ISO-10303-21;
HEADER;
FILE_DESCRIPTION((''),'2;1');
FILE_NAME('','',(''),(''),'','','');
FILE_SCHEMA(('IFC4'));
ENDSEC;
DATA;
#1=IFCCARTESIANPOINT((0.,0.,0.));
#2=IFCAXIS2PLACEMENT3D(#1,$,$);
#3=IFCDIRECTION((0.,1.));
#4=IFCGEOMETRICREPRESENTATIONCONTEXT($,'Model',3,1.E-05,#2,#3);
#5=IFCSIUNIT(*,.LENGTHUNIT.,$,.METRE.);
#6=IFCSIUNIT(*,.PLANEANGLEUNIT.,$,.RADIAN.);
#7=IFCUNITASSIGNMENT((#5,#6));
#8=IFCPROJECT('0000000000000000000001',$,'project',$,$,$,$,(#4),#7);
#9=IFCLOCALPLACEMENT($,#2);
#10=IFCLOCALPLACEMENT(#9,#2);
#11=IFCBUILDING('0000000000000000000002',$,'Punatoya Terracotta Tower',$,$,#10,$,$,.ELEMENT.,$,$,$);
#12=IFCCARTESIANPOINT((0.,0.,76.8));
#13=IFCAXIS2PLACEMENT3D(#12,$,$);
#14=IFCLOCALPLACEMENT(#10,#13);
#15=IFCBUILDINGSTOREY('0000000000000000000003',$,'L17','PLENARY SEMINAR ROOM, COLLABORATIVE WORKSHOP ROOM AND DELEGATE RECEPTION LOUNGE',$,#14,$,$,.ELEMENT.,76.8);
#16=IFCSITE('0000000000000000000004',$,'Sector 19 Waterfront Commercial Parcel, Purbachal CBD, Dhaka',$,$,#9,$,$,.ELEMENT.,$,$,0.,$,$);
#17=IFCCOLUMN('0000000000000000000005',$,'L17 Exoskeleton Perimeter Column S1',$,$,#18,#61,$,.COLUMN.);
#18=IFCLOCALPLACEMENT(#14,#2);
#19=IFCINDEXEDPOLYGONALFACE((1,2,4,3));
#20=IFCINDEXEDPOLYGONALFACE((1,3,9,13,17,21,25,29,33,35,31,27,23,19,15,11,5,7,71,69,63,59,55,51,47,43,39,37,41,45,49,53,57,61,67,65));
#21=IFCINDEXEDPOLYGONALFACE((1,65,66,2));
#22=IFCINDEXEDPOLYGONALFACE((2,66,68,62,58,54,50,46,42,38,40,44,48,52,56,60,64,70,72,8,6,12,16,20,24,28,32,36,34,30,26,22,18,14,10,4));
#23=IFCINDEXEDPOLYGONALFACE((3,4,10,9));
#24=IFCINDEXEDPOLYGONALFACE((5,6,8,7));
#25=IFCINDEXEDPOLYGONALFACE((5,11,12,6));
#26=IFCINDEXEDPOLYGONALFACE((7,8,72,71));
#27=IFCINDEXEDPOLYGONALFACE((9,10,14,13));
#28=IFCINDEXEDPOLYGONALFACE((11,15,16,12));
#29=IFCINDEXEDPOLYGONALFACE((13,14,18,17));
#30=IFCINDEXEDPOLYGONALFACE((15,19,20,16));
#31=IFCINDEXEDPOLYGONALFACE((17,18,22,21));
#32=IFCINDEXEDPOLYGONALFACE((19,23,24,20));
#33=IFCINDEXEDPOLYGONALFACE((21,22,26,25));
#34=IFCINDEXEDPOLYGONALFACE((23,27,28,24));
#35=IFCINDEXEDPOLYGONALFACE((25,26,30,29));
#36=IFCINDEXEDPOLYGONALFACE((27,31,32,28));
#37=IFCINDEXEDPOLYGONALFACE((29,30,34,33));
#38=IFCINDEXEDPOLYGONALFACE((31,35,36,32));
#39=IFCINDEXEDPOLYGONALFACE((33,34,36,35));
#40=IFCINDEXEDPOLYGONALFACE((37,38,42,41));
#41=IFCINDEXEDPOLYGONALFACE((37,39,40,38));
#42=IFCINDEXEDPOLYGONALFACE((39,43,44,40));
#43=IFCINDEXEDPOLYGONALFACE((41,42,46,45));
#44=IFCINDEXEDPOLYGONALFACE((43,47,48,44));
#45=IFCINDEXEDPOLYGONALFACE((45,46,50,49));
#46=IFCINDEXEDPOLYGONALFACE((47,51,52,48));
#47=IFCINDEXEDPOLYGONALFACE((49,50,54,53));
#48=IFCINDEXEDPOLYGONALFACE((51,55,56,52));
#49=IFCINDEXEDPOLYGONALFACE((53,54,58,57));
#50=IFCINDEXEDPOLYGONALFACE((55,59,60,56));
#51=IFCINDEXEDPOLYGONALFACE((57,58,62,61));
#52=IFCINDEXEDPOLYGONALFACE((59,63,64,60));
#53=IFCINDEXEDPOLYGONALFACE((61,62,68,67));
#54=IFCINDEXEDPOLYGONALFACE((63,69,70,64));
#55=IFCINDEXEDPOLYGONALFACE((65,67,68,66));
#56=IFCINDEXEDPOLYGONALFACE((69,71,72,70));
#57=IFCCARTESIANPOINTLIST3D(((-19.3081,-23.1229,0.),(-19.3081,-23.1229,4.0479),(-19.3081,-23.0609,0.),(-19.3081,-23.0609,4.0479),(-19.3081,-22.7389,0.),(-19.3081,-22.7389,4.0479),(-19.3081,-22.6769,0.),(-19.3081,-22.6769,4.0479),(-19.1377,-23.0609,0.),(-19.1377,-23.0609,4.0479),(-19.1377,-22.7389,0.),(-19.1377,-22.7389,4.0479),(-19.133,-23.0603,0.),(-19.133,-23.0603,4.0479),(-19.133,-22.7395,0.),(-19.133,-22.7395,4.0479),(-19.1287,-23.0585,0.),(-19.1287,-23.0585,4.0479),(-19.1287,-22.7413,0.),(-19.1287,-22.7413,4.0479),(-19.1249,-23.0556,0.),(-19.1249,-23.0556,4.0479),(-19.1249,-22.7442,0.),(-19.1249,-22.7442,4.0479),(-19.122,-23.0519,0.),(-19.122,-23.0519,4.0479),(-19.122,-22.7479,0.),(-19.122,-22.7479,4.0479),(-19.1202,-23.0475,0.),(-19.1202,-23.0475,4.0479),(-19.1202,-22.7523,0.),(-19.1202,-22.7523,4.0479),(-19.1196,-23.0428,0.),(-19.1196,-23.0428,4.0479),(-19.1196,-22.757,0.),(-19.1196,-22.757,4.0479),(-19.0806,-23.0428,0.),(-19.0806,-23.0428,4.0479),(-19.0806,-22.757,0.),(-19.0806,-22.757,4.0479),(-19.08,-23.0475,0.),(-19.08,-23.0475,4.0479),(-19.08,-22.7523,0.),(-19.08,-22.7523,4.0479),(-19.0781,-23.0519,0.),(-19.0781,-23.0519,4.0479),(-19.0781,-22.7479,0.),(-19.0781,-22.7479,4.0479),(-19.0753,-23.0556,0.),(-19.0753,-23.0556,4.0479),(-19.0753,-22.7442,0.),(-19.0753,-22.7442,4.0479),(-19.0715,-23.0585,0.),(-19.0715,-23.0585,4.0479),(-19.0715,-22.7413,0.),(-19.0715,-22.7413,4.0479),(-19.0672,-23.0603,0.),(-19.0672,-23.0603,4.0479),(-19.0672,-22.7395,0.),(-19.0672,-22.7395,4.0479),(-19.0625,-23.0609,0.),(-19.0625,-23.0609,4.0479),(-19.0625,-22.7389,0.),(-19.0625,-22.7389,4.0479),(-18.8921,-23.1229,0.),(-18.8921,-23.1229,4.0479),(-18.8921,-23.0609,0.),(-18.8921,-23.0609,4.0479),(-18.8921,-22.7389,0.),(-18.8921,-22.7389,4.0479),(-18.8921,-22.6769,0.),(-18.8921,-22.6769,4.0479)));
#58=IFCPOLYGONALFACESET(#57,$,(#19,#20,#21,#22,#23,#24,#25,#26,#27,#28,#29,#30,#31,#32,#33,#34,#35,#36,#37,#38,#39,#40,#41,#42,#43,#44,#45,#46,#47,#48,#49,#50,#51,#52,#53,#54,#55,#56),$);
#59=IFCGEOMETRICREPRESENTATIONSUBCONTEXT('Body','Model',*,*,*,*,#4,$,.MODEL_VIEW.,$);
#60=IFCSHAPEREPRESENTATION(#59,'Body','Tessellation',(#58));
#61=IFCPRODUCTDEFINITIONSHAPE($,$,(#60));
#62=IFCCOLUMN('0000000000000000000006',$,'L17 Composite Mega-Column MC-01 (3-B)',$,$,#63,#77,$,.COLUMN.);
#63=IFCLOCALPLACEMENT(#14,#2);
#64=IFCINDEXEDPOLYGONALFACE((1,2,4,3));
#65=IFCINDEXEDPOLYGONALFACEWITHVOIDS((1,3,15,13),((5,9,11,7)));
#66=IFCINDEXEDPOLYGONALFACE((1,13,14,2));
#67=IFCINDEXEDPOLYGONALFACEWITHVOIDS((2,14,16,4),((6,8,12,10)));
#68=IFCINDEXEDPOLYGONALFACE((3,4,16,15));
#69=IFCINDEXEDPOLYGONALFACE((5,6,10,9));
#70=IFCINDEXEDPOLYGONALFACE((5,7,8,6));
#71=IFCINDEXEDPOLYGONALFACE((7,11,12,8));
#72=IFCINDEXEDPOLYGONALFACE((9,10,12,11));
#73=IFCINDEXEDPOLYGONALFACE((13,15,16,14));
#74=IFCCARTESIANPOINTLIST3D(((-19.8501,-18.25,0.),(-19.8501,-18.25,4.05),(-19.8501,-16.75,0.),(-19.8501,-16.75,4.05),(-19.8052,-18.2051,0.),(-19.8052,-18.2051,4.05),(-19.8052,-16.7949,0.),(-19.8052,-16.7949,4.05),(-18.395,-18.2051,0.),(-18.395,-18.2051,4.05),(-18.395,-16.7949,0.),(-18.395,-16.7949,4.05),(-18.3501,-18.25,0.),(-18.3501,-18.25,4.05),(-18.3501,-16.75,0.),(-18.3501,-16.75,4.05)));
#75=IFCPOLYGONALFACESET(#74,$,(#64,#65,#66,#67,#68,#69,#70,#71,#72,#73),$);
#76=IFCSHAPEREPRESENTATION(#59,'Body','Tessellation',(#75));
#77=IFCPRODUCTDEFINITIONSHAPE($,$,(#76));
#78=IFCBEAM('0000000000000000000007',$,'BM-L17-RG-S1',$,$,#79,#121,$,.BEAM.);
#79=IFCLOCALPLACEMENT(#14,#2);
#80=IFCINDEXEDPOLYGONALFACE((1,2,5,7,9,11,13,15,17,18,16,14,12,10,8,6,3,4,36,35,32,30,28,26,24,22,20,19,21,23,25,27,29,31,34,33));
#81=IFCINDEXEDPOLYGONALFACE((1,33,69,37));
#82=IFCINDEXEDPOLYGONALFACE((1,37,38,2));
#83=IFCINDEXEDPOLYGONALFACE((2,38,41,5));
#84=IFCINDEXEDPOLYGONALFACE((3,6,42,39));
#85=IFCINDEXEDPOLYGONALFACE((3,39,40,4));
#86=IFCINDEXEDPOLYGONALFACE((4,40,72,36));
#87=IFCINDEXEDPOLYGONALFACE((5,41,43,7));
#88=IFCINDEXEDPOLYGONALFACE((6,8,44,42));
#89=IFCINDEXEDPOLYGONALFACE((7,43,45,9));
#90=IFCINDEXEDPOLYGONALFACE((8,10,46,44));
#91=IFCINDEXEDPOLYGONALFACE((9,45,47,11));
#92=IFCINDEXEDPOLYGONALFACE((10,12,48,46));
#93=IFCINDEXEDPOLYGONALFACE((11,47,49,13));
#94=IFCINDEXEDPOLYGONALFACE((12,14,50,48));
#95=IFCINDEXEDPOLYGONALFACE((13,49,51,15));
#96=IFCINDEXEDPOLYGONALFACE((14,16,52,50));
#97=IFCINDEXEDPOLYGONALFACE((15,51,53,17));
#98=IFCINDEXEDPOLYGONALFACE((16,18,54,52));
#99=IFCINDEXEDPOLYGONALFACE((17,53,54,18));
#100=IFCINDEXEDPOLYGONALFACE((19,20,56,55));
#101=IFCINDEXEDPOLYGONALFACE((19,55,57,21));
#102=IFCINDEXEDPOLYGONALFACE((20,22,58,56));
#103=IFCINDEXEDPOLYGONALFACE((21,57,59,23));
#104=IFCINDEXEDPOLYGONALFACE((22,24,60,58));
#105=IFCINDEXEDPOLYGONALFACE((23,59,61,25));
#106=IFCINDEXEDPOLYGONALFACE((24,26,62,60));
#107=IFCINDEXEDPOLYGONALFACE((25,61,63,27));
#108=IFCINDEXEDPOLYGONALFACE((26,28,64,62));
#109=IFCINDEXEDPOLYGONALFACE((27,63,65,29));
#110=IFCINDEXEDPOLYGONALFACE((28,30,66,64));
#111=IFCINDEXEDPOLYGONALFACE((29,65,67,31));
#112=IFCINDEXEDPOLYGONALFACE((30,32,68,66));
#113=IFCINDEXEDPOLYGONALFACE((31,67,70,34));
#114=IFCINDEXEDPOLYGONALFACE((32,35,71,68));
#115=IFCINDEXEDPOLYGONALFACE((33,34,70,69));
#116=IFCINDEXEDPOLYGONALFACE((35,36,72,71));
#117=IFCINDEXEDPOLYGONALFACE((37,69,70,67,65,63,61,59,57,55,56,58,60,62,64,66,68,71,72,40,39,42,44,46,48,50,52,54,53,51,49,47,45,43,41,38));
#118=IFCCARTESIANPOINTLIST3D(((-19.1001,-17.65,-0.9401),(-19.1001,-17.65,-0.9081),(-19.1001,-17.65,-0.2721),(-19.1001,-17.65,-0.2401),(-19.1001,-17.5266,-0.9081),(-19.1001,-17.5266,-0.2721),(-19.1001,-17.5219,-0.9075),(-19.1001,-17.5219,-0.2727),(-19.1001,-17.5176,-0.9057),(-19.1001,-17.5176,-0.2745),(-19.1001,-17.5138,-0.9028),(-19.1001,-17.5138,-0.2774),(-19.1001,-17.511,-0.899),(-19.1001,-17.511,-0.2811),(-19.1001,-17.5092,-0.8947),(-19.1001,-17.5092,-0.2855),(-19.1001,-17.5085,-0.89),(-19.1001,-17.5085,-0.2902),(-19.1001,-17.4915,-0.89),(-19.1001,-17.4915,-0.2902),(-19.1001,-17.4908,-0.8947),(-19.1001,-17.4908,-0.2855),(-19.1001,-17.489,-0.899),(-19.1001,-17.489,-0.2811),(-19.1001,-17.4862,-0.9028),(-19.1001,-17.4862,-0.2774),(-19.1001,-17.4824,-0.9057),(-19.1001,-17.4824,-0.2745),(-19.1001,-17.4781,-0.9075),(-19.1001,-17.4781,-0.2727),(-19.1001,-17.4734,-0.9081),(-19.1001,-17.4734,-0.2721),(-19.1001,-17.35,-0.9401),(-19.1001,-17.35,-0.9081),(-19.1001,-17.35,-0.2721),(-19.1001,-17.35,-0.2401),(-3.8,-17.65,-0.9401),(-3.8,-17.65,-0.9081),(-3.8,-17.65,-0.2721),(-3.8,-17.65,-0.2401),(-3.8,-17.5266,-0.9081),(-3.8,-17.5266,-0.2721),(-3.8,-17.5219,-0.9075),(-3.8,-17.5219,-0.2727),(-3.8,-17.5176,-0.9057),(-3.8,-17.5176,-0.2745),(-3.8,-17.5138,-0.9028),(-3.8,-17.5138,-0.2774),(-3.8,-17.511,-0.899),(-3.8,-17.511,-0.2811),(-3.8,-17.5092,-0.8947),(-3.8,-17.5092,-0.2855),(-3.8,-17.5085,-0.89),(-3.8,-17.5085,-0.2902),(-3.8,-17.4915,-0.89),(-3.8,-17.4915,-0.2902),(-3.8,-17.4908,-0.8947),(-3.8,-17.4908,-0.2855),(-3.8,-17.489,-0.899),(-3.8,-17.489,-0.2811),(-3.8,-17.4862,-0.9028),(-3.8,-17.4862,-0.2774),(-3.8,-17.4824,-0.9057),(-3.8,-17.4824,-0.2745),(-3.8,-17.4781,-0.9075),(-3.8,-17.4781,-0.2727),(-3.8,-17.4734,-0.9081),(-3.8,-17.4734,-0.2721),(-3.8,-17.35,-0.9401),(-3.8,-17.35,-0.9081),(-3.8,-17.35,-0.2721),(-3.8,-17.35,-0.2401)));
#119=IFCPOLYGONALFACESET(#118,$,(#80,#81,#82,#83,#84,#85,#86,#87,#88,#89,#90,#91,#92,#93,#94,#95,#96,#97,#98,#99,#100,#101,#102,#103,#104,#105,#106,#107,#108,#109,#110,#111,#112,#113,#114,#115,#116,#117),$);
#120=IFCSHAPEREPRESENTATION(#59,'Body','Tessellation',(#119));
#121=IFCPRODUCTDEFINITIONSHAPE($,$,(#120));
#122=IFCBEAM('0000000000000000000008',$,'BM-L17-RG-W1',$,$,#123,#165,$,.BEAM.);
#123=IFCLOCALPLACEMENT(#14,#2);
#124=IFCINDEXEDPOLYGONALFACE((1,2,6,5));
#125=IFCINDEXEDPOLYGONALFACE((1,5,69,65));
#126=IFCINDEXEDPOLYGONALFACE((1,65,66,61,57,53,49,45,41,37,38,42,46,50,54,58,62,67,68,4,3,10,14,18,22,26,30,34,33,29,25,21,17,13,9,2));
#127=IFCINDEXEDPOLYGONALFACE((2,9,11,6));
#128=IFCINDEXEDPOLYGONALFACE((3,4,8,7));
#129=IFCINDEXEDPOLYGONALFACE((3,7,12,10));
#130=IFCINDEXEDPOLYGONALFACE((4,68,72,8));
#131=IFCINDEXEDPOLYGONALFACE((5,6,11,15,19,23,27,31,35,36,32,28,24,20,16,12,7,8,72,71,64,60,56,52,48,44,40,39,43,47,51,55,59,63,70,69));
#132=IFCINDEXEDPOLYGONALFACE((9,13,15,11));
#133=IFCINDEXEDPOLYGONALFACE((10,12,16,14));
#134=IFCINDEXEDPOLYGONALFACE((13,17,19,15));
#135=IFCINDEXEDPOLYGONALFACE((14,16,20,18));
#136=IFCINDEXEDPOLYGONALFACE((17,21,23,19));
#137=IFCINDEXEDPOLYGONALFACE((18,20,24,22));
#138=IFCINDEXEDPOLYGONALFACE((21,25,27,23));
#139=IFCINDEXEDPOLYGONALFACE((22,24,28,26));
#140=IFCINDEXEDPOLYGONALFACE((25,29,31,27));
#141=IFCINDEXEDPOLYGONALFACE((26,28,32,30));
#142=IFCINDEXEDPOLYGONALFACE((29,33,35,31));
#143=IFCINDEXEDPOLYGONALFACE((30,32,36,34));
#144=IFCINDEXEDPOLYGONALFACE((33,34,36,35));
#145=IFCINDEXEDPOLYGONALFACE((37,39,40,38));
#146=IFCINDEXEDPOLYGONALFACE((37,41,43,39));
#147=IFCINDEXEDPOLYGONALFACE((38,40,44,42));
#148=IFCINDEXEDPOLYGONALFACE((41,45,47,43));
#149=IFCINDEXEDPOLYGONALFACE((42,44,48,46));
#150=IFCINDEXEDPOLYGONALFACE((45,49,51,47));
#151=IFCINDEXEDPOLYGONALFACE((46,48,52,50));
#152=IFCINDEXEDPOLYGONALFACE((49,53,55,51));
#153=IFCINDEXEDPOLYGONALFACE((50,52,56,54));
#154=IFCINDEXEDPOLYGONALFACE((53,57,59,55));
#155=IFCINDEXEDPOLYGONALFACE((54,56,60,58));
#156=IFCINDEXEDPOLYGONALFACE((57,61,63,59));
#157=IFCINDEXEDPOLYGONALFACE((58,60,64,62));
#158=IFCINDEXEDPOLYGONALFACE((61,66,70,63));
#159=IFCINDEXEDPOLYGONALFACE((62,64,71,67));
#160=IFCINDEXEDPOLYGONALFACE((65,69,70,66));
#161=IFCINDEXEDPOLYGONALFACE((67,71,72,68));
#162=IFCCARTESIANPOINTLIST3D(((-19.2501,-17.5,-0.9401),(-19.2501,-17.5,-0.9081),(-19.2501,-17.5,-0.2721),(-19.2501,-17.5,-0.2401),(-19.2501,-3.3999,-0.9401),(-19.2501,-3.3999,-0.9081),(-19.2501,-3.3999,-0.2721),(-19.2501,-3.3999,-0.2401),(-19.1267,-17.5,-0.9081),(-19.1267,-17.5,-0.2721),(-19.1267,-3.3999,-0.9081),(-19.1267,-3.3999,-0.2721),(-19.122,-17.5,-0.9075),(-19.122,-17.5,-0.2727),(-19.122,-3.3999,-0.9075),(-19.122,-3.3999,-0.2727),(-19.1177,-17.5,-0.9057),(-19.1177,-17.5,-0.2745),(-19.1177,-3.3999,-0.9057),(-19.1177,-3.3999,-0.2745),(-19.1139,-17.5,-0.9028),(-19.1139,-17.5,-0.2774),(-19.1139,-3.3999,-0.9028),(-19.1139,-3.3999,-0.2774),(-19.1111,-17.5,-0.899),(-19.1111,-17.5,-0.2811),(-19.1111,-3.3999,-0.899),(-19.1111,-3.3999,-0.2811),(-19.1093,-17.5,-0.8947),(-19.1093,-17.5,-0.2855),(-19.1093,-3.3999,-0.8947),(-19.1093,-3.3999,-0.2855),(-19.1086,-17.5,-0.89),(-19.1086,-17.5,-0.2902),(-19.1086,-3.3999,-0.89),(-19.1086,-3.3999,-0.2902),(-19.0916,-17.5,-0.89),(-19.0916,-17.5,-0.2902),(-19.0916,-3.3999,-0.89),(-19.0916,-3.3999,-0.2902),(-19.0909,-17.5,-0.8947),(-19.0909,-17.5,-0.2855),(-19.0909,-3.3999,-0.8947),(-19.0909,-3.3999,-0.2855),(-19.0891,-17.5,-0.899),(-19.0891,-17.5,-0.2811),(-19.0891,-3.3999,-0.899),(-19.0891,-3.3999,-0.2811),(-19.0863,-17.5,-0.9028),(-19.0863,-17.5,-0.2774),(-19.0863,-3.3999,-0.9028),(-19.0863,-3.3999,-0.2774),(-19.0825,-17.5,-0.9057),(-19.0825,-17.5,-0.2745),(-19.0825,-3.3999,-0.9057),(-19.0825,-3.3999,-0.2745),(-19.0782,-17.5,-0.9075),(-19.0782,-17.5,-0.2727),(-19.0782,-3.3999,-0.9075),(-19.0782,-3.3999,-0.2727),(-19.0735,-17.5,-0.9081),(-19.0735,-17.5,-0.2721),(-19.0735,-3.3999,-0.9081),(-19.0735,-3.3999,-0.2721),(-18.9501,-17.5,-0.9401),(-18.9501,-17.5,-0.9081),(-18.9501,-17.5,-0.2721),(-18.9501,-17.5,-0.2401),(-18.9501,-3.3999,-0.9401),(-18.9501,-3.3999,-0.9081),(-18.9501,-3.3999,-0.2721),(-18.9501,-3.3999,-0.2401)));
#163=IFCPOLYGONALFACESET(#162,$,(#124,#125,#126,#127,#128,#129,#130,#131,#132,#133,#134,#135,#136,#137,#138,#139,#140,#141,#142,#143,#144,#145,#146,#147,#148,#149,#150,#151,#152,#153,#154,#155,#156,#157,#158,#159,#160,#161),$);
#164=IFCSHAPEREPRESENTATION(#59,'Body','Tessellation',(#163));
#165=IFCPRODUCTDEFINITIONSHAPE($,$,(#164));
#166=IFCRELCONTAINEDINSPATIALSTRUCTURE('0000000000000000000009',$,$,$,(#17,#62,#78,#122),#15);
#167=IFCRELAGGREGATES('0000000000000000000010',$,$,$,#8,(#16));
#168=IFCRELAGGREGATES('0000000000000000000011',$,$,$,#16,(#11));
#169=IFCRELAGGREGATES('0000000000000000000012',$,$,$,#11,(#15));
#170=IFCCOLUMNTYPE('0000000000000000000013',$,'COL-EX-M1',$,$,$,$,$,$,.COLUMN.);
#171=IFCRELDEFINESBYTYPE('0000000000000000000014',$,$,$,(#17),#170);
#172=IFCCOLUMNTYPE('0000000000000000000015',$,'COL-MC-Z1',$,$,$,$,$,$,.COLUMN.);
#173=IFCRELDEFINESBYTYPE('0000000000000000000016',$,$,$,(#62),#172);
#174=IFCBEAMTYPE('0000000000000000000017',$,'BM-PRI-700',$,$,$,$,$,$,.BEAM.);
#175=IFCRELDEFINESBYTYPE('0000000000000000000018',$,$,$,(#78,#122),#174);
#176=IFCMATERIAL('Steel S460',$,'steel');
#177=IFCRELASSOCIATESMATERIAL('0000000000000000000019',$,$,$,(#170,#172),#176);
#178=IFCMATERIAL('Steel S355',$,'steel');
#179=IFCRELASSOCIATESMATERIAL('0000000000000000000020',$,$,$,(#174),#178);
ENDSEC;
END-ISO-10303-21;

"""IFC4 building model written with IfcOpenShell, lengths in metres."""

from ifc_helpers import new_model, si_unit, direction, frame, origin, origin_2d, place, context, subcontext, project, spatial, hollow_rectangle, i_section, extrude, material, material_profile, profile_set, type_object, element, save


model = new_model("IFC4")

# Units and contexts
model_context = context("Model", 3, precision=1e-05, world=origin(), true_north=direction((0.0, 1.0)))
body_context = subcontext(model_context, "Body", "Model", "MODEL_VIEW")
ifc_project = project(units=[si_unit("LENGTHUNIT", "METRE"), si_unit("PLANEANGLEUNIT", "RADIAN")], contexts=[model_context])

# Site, building, storey
site_placement = place(None, origin())
site = spatial("IfcSite", under=ifc_project, at=site_placement, Name="Sector 19 Waterfront Commercial Parcel, Purbachal CBD, Dhaka", CompositionType="ELEMENT", RefElevation=0.0)
building_placement = place(site_placement, origin())
building = spatial("IfcBuilding", under=site, at=building_placement, Name="Punatoya Terracotta Tower", CompositionType="ELEMENT")
storey_placement = place(building_placement, frame((0.0, 0.0, 76.8)))
storey = spatial("IfcBuildingStorey", under=building, at=storey_placement, Name="L17", Description="PLENARY SEMINAR ROOM, COLLABORATIVE WORKSHOP ROOM AND DELEGATE RECEPTION LOUNGE", CompositionType="ELEMENT", Elevation=76.8)

# Columns
ifc_material_1 = material(Name="Steel S460", Category="steel")
ifc_material_profile_1 = material_profile(ifc_material_1, i_section(OverallWidth=0.416, OverallDepth=0.446, WebThickness=0.0391, FlangeThickness=0.062, FilletRadius=0.0181, at=origin_2d()))
ifc_profile_set_1 = profile_set([ifc_material_profile_1], Name="Steel S460")
column_type_1 = type_object("IfcColumnType", Name="COL-EX-M1", PredefinedType="COLUMN", material=ifc_profile_set_1)
column_1_placement = place(storey_placement, frame((-19.1001, -22.8999, 0.0), z_axis=(0.0, 0.0, 1.0), x_axis=(1.0, 0.0, 0.0)))
element("IfcColumn", 1, at=column_1_placement, inside=storey, type_object=column_type_1, Name="L17 Exoskeleton Perimeter Column S1", PredefinedType="COLUMN", context=body_context, shape_type="SweptSolid", body=[
    extrude(i_section(OverallWidth=0.416, OverallDepth=0.446, WebThickness=0.0391, FlangeThickness=0.062, FilletRadius=0.0181, at=origin_2d()), origin(), (0.0, 0.0, 1.0), 4.0479),
])
ifc_material_profile_2 = material_profile(ifc_material_1, hollow_rectangle(XDim=1.5, YDim=1.5, WallThickness=0.0449, at=origin_2d()))
ifc_profile_set_2 = profile_set([ifc_material_profile_2], Name="Steel S460")
column_type_2 = type_object("IfcColumnType", Name="COL-MC-Z1", PredefinedType="COLUMN", material=ifc_profile_set_2)
column_2_placement = place(storey_placement, frame((-19.1001, -17.5, 0.0), z_axis=(0.0, 0.0, 1.0), x_axis=(1.0, 0.0, 0.0)))
element("IfcColumn", 2, at=column_2_placement, inside=storey, type_object=column_type_2, Name="L17 Composite Mega-Column MC-01 (3-B)", PredefinedType="COLUMN", context=body_context, shape_type="SweptSolid", body=[
    extrude(hollow_rectangle(XDim=1.5, YDim=1.5, WallThickness=0.0449, at=origin_2d()), origin(), (0.0, 0.0, 1.0), 4.05),
])

# Beams
ifc_material_2 = material(Name="Steel S355", Category="steel")
ifc_material_profile_3 = material_profile(ifc_material_2, i_section(OverallWidth=0.3, OverallDepth=0.7, WebThickness=0.0171, FlangeThickness=0.032, FilletRadius=0.0181, at=origin_2d()))
ifc_profile_set_3 = profile_set([ifc_material_profile_3], Name="Steel S355")
beam_type_1 = type_object("IfcBeamType", Name="BM-PRI-700", PredefinedType="BEAM", material=ifc_profile_set_3)
beam_1_placement = place(storey_placement, frame((-19.1001, -17.5, -0.5901), z_axis=(1.0, 0.0, 0.0), x_axis=(0.0, 1.0, 0.0)))
element("IfcBeam", 3, at=beam_1_placement, inside=storey, type_object=beam_type_1, Name="BM-L17-RG-S1", PredefinedType="BEAM", context=body_context, shape_type="SweptSolid", body=[
    extrude(i_section(OverallWidth=0.3, OverallDepth=0.7, WebThickness=0.0171, FlangeThickness=0.032, FilletRadius=0.0181, at=origin_2d()), origin(), (0.0, 0.0, 1.0), 15.3),
])
beam_2_placement = place(storey_placement, frame((-19.1001, -17.5, -0.5901), z_axis=(0.0, 1.0, 0.0), x_axis=(-1.0, 0.0, 0.0)))
element("IfcBeam", 4, at=beam_2_placement, inside=storey, type_object=beam_type_1, Name="BM-L17-RG-W1", PredefinedType="BEAM", context=body_context, shape_type="SweptSolid", body=[
    extrude(i_section(OverallWidth=0.3, OverallDepth=0.7, WebThickness=0.0171, FlangeThickness=0.032, FilletRadius=0.0181, at=origin_2d()), origin(), (0.0, 0.0, 1.0), 14.1001),
])

save(model, "model.ifc")
